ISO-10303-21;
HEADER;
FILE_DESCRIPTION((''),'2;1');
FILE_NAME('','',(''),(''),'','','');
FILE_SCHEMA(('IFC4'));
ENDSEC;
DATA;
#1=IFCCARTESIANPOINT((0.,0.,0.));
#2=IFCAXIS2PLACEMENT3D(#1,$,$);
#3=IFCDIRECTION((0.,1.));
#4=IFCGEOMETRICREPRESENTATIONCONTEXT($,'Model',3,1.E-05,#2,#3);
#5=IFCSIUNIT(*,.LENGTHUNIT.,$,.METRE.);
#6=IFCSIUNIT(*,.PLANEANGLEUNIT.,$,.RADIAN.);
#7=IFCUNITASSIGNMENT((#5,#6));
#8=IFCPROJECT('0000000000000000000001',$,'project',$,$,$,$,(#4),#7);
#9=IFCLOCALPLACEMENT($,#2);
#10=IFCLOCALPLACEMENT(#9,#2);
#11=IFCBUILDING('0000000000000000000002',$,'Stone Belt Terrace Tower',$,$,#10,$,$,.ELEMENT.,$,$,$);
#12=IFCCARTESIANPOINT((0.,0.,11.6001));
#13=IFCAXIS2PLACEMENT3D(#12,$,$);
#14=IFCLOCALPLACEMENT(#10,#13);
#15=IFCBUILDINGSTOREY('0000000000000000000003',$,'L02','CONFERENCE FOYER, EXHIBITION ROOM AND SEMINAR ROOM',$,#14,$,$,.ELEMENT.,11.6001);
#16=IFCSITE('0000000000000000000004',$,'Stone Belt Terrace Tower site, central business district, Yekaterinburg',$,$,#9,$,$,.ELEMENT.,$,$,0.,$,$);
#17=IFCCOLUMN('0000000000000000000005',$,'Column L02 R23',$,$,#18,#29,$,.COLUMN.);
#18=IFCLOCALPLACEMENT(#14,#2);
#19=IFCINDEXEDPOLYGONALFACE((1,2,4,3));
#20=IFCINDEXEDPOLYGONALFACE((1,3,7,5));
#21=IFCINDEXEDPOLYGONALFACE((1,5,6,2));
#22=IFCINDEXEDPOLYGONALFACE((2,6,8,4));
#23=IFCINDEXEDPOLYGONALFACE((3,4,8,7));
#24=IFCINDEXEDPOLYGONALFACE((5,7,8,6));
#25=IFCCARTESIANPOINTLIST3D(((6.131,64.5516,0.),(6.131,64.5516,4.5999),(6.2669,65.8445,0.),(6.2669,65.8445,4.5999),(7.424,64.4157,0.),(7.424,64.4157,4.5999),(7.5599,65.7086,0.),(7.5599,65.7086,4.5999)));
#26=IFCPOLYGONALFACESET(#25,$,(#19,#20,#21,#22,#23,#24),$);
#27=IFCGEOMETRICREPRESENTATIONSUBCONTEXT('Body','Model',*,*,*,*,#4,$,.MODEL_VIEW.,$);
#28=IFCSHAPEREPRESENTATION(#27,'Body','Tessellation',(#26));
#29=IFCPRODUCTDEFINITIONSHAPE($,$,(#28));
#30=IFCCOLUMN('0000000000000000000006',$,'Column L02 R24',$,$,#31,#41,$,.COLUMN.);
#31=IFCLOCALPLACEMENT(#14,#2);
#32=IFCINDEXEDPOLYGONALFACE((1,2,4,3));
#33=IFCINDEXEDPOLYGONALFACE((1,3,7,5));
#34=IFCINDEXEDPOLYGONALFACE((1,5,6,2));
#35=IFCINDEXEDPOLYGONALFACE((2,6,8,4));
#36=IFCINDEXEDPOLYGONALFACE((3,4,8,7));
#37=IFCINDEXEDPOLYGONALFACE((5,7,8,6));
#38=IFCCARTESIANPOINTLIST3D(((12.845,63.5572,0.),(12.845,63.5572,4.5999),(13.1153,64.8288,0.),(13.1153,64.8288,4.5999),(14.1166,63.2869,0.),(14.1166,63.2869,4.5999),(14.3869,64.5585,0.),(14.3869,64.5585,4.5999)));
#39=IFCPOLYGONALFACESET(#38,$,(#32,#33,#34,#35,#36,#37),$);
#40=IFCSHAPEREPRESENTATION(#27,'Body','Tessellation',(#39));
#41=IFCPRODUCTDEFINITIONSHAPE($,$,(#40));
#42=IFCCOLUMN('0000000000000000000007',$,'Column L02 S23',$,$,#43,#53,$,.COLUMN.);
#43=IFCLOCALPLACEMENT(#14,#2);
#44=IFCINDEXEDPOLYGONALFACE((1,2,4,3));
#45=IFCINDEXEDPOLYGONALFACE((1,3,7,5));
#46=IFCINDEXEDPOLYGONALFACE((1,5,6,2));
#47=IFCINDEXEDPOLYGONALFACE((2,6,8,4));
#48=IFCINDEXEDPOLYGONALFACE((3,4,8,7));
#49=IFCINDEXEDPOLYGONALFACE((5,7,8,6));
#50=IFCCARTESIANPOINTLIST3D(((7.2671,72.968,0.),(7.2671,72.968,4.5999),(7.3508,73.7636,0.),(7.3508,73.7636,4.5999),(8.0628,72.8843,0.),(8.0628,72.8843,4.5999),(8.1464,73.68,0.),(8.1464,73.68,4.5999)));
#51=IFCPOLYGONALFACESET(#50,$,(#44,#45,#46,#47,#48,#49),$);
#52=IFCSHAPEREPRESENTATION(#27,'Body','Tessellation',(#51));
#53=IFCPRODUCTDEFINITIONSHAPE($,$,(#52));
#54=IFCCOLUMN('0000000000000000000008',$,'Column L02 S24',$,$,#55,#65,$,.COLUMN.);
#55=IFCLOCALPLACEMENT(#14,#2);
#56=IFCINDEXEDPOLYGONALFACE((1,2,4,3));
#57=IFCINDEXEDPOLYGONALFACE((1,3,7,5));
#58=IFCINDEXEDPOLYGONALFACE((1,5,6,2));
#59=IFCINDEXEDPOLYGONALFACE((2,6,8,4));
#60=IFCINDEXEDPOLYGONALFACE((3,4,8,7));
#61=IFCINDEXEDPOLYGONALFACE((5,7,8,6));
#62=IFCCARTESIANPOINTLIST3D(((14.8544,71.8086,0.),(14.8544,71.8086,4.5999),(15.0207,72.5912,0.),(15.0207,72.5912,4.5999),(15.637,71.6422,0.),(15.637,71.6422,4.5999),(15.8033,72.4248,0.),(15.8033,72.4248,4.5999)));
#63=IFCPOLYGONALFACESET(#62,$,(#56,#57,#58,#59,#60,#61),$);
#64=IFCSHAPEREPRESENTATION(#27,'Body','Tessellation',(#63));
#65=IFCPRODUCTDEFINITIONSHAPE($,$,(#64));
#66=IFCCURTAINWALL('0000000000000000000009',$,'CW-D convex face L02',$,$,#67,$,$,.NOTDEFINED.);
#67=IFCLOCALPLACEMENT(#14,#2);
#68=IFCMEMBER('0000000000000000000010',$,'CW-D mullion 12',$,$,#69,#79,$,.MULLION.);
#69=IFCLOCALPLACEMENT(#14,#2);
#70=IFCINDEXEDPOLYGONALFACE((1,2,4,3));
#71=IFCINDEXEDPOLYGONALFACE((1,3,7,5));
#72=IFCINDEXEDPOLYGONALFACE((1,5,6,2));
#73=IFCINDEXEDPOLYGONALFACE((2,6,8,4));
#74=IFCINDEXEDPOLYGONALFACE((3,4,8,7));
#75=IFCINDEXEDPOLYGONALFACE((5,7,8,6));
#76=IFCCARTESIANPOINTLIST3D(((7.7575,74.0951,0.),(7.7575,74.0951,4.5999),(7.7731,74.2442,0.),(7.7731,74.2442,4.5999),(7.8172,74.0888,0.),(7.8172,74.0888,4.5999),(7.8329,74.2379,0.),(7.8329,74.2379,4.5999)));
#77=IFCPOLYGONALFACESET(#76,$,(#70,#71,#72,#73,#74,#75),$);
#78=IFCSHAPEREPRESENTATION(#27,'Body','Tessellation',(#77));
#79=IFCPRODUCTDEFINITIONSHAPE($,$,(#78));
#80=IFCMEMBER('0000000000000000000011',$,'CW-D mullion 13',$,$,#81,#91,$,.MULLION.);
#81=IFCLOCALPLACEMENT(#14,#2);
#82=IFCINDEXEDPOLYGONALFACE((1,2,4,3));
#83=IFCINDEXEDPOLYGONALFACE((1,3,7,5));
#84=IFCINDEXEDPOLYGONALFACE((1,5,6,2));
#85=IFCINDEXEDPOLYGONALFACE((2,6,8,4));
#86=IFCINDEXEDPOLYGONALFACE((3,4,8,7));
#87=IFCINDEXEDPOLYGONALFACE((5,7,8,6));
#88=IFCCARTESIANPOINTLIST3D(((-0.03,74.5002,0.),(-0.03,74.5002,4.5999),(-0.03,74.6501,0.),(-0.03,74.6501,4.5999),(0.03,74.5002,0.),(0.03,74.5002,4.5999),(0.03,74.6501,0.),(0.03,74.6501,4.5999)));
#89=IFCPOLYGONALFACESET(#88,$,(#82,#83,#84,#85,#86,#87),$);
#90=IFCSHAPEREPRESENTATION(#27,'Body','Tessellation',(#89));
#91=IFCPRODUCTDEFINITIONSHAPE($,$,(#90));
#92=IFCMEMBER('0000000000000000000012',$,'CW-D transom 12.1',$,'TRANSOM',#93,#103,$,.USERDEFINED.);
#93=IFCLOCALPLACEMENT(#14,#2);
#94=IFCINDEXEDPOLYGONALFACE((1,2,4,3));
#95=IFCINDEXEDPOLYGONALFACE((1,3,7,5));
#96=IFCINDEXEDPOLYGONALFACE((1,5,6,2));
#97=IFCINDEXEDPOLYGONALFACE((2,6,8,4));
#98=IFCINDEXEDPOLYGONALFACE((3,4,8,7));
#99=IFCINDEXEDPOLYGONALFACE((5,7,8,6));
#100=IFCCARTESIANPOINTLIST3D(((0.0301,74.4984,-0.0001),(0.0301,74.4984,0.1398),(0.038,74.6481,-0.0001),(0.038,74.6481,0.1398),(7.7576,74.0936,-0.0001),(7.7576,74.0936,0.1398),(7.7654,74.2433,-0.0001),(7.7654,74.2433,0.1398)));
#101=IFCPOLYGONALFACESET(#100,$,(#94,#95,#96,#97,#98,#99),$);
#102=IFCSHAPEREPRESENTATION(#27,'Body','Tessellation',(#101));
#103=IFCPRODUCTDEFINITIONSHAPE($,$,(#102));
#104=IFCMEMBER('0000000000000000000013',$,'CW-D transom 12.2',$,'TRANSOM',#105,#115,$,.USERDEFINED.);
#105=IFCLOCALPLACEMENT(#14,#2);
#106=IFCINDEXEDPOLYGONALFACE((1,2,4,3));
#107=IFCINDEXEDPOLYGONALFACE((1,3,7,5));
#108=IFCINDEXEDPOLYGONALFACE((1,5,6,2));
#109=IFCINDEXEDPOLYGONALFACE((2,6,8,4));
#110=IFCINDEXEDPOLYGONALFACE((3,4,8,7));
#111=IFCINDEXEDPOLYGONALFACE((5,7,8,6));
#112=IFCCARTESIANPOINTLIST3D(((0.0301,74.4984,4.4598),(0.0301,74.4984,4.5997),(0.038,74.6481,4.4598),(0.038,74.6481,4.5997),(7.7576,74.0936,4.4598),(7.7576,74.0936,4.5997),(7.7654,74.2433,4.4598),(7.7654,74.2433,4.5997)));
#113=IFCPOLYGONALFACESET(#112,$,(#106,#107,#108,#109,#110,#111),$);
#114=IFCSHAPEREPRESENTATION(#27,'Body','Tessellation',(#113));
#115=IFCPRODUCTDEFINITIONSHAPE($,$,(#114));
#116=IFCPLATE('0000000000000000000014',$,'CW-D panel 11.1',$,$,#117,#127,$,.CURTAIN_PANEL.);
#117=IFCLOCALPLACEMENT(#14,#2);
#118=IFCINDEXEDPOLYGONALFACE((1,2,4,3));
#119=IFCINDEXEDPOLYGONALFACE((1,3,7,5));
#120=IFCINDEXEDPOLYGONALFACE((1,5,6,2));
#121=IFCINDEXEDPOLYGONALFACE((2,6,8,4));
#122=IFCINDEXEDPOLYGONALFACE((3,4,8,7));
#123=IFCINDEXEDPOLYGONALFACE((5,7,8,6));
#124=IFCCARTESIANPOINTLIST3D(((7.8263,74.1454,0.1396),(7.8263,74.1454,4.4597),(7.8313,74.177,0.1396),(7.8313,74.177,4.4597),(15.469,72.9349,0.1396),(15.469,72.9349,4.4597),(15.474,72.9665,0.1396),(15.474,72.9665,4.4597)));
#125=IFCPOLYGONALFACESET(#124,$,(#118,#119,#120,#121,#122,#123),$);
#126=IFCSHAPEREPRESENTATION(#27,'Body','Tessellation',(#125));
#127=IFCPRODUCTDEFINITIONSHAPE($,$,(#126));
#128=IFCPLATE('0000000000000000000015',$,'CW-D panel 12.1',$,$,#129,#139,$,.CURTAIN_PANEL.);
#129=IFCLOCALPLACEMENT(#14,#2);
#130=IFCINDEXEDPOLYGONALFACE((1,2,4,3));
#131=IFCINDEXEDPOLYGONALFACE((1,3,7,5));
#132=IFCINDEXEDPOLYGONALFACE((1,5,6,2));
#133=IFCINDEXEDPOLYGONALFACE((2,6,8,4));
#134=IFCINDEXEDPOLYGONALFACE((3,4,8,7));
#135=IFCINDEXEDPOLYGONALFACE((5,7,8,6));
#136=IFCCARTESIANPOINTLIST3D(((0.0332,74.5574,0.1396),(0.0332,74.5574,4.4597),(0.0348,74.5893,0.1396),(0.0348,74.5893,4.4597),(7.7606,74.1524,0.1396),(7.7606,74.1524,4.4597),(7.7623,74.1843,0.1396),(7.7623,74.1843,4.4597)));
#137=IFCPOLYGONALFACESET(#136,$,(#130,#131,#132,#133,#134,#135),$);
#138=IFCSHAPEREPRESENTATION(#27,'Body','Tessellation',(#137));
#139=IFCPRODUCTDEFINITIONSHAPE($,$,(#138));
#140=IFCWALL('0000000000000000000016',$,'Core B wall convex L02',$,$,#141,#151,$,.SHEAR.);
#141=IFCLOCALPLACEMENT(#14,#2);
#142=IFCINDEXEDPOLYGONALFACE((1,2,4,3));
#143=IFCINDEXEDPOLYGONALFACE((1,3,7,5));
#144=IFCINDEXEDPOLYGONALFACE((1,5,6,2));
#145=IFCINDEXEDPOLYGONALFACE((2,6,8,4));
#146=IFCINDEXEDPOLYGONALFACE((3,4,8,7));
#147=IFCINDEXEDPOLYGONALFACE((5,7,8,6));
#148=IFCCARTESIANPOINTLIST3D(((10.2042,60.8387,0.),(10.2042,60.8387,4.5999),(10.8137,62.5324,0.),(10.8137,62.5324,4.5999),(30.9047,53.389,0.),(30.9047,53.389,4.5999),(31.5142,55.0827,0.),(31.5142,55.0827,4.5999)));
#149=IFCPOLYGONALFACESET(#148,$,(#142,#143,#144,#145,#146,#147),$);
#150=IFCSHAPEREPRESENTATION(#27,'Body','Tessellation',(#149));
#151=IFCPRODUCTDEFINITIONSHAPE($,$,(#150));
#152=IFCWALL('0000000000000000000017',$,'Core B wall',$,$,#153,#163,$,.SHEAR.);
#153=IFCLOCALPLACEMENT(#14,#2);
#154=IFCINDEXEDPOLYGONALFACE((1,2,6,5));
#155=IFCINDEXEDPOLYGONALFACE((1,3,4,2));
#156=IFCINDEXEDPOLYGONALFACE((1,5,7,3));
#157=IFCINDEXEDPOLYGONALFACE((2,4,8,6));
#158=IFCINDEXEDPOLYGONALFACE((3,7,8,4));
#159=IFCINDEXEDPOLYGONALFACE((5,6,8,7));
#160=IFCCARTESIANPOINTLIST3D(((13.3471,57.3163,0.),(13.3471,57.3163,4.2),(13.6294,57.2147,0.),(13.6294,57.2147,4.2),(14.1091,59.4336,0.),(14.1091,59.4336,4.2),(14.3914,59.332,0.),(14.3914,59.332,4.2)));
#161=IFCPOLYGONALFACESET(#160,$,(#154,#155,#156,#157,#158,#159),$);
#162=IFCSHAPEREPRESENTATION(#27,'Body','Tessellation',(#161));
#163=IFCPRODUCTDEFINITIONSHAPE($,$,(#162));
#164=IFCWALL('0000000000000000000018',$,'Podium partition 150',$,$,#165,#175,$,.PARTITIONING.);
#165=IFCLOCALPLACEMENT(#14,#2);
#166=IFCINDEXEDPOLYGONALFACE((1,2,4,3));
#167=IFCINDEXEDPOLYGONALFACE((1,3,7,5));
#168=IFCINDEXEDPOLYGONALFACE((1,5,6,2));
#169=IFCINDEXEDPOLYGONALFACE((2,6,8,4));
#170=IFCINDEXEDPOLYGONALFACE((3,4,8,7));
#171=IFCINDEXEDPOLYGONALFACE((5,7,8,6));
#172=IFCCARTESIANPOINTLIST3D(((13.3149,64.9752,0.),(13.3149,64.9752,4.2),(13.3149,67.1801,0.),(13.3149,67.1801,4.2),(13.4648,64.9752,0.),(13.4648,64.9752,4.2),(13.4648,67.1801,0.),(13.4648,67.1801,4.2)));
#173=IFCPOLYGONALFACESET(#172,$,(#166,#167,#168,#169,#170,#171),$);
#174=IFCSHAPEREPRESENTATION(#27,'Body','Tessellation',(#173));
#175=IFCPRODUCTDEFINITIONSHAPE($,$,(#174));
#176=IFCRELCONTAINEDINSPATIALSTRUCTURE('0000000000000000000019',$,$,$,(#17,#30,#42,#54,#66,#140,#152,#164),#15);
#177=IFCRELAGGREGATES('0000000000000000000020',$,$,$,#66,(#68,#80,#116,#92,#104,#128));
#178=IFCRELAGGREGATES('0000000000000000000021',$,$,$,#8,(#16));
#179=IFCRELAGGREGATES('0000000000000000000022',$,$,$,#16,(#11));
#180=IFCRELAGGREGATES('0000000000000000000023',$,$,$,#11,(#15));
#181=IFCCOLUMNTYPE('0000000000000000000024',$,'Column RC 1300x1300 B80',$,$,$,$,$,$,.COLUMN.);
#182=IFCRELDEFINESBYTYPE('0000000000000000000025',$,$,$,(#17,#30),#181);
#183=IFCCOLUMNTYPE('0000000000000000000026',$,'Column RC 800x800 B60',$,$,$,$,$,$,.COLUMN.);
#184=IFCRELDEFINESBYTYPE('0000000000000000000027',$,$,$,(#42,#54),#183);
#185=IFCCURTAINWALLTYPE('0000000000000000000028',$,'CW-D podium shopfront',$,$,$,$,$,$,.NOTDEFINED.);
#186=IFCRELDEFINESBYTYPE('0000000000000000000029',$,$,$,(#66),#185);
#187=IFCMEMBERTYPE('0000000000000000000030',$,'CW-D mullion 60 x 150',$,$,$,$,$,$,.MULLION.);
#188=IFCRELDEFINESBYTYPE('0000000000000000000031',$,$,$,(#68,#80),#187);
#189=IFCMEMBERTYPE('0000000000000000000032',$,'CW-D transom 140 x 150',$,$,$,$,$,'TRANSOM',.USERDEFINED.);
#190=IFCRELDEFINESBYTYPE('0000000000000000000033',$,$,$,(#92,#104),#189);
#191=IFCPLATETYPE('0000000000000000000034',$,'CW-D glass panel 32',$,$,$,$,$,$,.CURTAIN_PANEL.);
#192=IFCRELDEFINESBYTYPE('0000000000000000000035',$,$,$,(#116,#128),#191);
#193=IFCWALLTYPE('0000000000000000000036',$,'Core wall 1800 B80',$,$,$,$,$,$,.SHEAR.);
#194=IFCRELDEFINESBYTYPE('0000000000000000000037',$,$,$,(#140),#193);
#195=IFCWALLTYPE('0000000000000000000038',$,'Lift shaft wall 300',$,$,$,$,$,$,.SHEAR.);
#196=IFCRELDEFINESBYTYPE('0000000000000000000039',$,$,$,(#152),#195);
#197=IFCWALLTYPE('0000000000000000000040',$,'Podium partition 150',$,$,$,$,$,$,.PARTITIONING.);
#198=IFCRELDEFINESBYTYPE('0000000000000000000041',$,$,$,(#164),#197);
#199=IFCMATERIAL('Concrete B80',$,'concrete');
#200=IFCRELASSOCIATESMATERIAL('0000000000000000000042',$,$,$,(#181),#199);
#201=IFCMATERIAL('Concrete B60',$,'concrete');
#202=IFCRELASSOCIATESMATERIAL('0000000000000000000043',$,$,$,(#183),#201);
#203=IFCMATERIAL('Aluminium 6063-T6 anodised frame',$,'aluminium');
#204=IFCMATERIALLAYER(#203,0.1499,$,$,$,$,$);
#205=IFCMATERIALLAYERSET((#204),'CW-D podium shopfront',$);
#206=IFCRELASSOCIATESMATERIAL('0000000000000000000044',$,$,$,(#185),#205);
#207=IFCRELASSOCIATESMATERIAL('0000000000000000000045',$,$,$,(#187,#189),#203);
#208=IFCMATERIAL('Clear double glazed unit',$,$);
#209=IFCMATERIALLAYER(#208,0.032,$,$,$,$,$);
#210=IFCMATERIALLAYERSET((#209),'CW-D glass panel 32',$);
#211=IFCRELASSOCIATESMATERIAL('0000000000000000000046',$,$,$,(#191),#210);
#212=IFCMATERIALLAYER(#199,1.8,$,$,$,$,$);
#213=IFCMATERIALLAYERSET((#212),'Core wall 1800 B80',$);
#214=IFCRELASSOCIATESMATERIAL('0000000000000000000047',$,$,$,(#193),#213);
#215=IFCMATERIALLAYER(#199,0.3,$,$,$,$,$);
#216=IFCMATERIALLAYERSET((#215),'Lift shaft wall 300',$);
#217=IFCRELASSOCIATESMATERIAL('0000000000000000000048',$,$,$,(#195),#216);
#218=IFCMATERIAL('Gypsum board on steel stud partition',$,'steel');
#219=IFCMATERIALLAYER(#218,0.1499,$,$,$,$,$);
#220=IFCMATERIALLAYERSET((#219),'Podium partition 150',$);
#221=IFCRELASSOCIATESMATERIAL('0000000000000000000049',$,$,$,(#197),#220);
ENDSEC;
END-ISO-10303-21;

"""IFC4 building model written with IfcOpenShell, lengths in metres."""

from ifc_helpers import new_model, si_unit, direction, frame, frame_2d, origin, origin_2d, place, context, subcontext, project, spatial, rectangle, extrude, material, layer, layer_set, material_profile, profile_set, type_object, element, aggregate, save


model = new_model("IFC4")

# Units and contexts
model_context = context("Model", 3, precision=1e-05, world=origin(), true_north=direction((0.0, 1.0)))
body_context = subcontext(model_context, "Body", "Model", "MODEL_VIEW")
ifc_project = project(units=[si_unit("LENGTHUNIT", "METRE"), si_unit("PLANEANGLEUNIT", "RADIAN")], contexts=[model_context])

# Site, building, storey
site_placement = place(None, origin())
site = spatial("IfcSite", under=ifc_project, at=site_placement, Name="Stone Belt Terrace Tower site, central business district, Yekaterinburg", CompositionType="ELEMENT", RefElevation=0.0)
building_placement = place(site_placement, origin())
building = spatial("IfcBuilding", under=site, at=building_placement, Name="Stone Belt Terrace Tower", CompositionType="ELEMENT")
storey_placement = place(building_placement, frame((0.0, 0.0, 11.6001)))
storey = spatial("IfcBuildingStorey", under=building, at=storey_placement, Name="L02", Description="CONFERENCE FOYER, EXHIBITION ROOM AND SEMINAR ROOM", CompositionType="ELEMENT", Elevation=11.6001)

# Columns
ifc_material_1 = material(Name="Concrete B80", Category="concrete")
ifc_material_profile_1 = material_profile(ifc_material_1, rectangle(XDim=1.3, YDim=1.3, at=origin_2d()), Name="RC 1300x1300")
ifc_profile_set_1 = profile_set([ifc_material_profile_1], Name="Concrete B80")
column_type_1 = type_object("IfcColumnType", Name="Column RC 1300x1300 B80", PredefinedType="COLUMN", material=ifc_profile_set_1)
for number, where, z_axis, x_axis, name in (
    (1, (6.8455, 65.1301, 0.0), (0.0, 0.0, 1.0), (0.994522, -0.104528, 0.0), "Column L02 R23"),
    (2, (13.616, 64.0579, 0.0), (0.0, 0.0, 1.0), (0.978148, -0.207912, 0.0), "Column L02 R24"),
):
    element("IfcColumn", number, at=place(storey_placement, frame(where, z_axis=z_axis, x_axis=x_axis)), inside=storey, type_object=column_type_1, Name=name, PredefinedType="COLUMN", context=body_context, shape_type="SweptSolid", body=[
        extrude(rectangle(XDim=1.3, YDim=1.3, at=origin_2d()), origin(), (0.0, 0.0, 1.0), 4.5999),
    ])
ifc_material_2 = material(Name="Concrete B60", Category="concrete")
ifc_material_profile_2 = material_profile(ifc_material_2, rectangle(XDim=0.8, YDim=0.8, at=origin_2d()), Name="RC 800x800")
ifc_profile_set_2 = profile_set([ifc_material_profile_2], Name="Concrete B60")
column_type_2 = type_object("IfcColumnType", Name="Column RC 800x800 B60", PredefinedType="COLUMN", material=ifc_profile_set_2)
for number, where, z_axis, x_axis, name in (
    (3, (7.7068, 73.324, 0.0), (0.0, 0.0, 1.0), (0.994522, -0.104528, 0.0), "Column L02 S23"),
    (4, (15.3289, 72.1167, 0.0), (0.0, 0.0, 1.0), (0.978148, -0.207912, 0.0), "Column L02 S24"),
):
    element("IfcColumn", number, at=place(storey_placement, frame(where, z_axis=z_axis, x_axis=x_axis)), inside=storey, type_object=column_type_2, Name=name, PredefinedType="COLUMN", context=body_context, shape_type="SweptSolid", body=[
        extrude(rectangle(XDim=0.8, YDim=0.8, at=origin_2d()), origin(), (0.0, 0.0, 1.0), 4.5999),
    ])

# Curtain wall, members, plates
ifc_material_3 = material(Name="Aluminium 6063-T6 anodised frame", Category="aluminium")
ifc_layer_1 = layer(ifc_material_3, 0.1499)
ifc_layer_set_1 = layer_set([ifc_layer_1], Name="CW-D podium shopfront")
curtain_wall_type = type_object("IfcCurtainWallType", Name="CW-D podium shopfront", PredefinedType="NOTDEFINED", material=ifc_layer_set_1)
curtain_wall_placement = place(storey_placement, origin())
curtain_wall = element("IfcCurtainWall", 5, at=curtain_wall_placement, inside=storey, type_object=curtain_wall_type, Name="CW-D convex face L02", PredefinedType="NOTDEFINED")
ifc_material_profile_3 = material_profile(ifc_material_3, rectangle(XDim=0.1499, YDim=0.0601, at=origin_2d()), Name="Aluminium 6063-T6 60x150")
ifc_profile_set_3 = profile_set([ifc_material_profile_3], Name="Aluminium 6063-T6 anodised frame")
member_type_1 = type_object("IfcMemberType", Name="CW-D mullion 60 x 150", PredefinedType="MULLION", material=ifc_profile_set_3)
member_1_placement = place(storey_placement, frame((7.7952, 74.1665, 0.0), z_axis=(0.0, 0.0, 1.0), x_axis=(-0.104528, -0.994522, 0.0)))
member_1 = element("IfcMember", 6, at=member_1_placement, type_object=member_type_1, Name="CW-D mullion 12", PredefinedType="MULLION", context=body_context, shape_type="SweptSolid", body=[
    extrude(rectangle(XDim=0.1499, YDim=0.0601, at=origin_2d()), origin(), (0.0, 0.0, 1.0), 4.5999),
])
member_2_placement = place(storey_placement, frame((0.0, 74.5752, 0.0), z_axis=(0.0, 0.0, 1.0), x_axis=(0.0, -1.0, 0.0)))
member_2 = element("IfcMember", 7, at=member_2_placement, type_object=member_type_1, Name="CW-D mullion 13", PredefinedType="MULLION", context=body_context, shape_type="SweptSolid", body=[
    extrude(rectangle(XDim=0.1499, YDim=0.0601, at=origin_2d()), origin(), (0.0, 0.0, 1.0), 4.5999),
])
ifc_material_profile_4 = material_profile(ifc_material_3, rectangle(XDim=0.1499, YDim=0.1399, at=origin_2d()), Name="Aluminium 6063-T6 150x140")
ifc_profile_set_4 = profile_set([ifc_material_profile_4], Name="Aluminium 6063-T6 anodised frame")
member_type_2 = type_object("IfcMemberType", Name="CW-D transom 140 x 150", ElementType="TRANSOM", PredefinedType="USERDEFINED", material=ifc_profile_set_4)
member_3_placement = place(storey_placement, frame((7.7615, 74.1685, 0.0698), z_axis=(-0.998631, 0.05231, 0.0), x_axis=(-0.05231, -0.998631, 0.0)))
member_3 = element("IfcMember", 8, at=member_3_placement, type_object=member_type_2, Name="CW-D transom 12.1", ObjectType="TRANSOM", PredefinedType="USERDEFINED", context=body_context, shape_type="SweptSolid", body=[
    extrude(rectangle(XDim=0.1499, YDim=0.1399, at=origin_2d()), origin(), (0.0, 0.0, 1.0), 7.738),
])
member_4_placement = place(storey_placement, frame((7.7615, 74.1685, 4.5298), z_axis=(-0.998631, 0.05231, 0.0), x_axis=(-0.05231, -0.998631, 0.0)))
member_4 = element("IfcMember", 9, at=member_4_placement, type_object=member_type_2, Name="CW-D transom 12.2", ObjectType="TRANSOM", PredefinedType="USERDEFINED", context=body_context, shape_type="SweptSolid", body=[
    extrude(rectangle(XDim=0.1499, YDim=0.1399, at=origin_2d()), origin(), (0.0, 0.0, 1.0), 7.738),
])
ifc_material_4 = material(Name="Clear double glazed unit")
ifc_layer_2 = layer(ifc_material_4, 0.032)
ifc_layer_set_2 = layer_set([ifc_layer_2], Name="CW-D glass panel 32")
plate_type = type_object("IfcPlateType", Name="CW-D glass panel 32", PredefinedType="CURTAIN_PANEL", material=ifc_layer_set_2)
plate_1_placement = place(storey_placement, frame((11.6501, 73.5559, 0.1396), z_axis=(0.0, 0.0, 1.0), x_axis=(-0.987688, 0.156434, 0.0)))
plate_1 = element("IfcPlate", 10, at=plate_1_placement, type_object=plate_type, Name="CW-D panel 11.1", PredefinedType="CURTAIN_PANEL", context=body_context, shape_type="SweptSolid", body=[
    extrude(rectangle(XDim=7.738, YDim=0.032, at=origin_2d()), origin(), (0.0, 0.0, 1.0), 4.3201),
])
plate_2_placement = place(storey_placement, frame((3.8977, 74.3708, 0.1396), z_axis=(0.0, 0.0, 1.0), x_axis=(-0.99863, 0.052336, 0.0)))
plate_2 = element("IfcPlate", 11, at=plate_2_placement, type_object=plate_type, Name="CW-D panel 12.1", PredefinedType="CURTAIN_PANEL", context=body_context, shape_type="SweptSolid", body=[
    extrude(rectangle(XDim=7.738, YDim=0.032, at=origin_2d()), origin(), (0.0, 0.0, 1.0), 4.3201),
])
aggregate(curtain_wall, [member_1, member_2, plate_1, member_3, member_4, plate_2])

# Walls
ifc_layer_3 = layer(ifc_material_1, 1.8)
ifc_layer_set_3 = layer_set([ifc_layer_3], Name="Core wall 1800 B80")
wall_type_1 = type_object("IfcWallType", Name="Core wall 1800 B80", PredefinedType="SHEAR", material=ifc_layer_set_3)
wall_1_placement = place(storey_placement, frame((10.509, 61.6855, 0.0), z_axis=(0.0, 0.0, 1.0), x_axis=(0.940923, -0.338621, 0.0)))
element("IfcWall", 12, at=wall_1_placement, inside=storey, type_object=wall_type_1, Name="Core B wall convex L02", PredefinedType="SHEAR", context=body_context, shape_type="SweptSolid", body=[
    extrude(rectangle(XDim=22.0002, YDim=1.8, at=frame_2d((11.0, 0.0))), origin(), (0.0, 0.0, 1.0), 4.5999),
])
ifc_layer_4 = layer(ifc_material_1, 0.3)
ifc_layer_set_4 = layer_set([ifc_layer_4], Name="Lift shaft wall 300")
wall_type_2 = type_object("IfcWallType", Name="Lift shaft wall 300", PredefinedType="SHEAR", material=ifc_layer_set_4)
wall_2_placement = place(storey_placement, frame((13.4883, 57.2656, 0.0), z_axis=(0.0, 0.0, 1.0), x_axis=(0.338631, 0.940919, 0.0)))
element("IfcWall", 13, at=wall_2_placement, inside=storey, type_object=wall_type_2, Name="Core B wall", PredefinedType="SHEAR", context=body_context, shape_type="SweptSolid", body=[
    extrude(rectangle(XDim=2.2502, YDim=0.3, at=frame_2d((1.125, 0.0))), origin(), (0.0, 0.0, 1.0), 4.2),
])
ifc_material_5 = material(Name="Gypsum board on steel stud partition", Category="steel")
ifc_layer_5 = layer(ifc_material_5, 0.1499)
ifc_layer_set_5 = layer_set([ifc_layer_5], Name="Podium partition 150")
wall_type_3 = type_object("IfcWallType", Name="Podium partition 150", PredefinedType="PARTITIONING", material=ifc_layer_set_5)
wall_3_placement = place(storey_placement, frame((13.3899, 64.9751, 0.0), z_axis=(0.0, 0.0, 1.0), x_axis=(0.0, 1.0, 0.0)))
element("IfcWall", 14, at=wall_3_placement, inside=storey, type_object=wall_type_3, Name="Podium partition 150", PredefinedType="PARTITIONING", context=body_context, shape_type="SweptSolid", body=[
    extrude(rectangle(XDim=2.2048, YDim=0.1499, at=frame_2d((1.1025, 0.0))), origin(), (0.0, 0.0, 1.0), 4.2),
])

save(model, "model.ifc")
